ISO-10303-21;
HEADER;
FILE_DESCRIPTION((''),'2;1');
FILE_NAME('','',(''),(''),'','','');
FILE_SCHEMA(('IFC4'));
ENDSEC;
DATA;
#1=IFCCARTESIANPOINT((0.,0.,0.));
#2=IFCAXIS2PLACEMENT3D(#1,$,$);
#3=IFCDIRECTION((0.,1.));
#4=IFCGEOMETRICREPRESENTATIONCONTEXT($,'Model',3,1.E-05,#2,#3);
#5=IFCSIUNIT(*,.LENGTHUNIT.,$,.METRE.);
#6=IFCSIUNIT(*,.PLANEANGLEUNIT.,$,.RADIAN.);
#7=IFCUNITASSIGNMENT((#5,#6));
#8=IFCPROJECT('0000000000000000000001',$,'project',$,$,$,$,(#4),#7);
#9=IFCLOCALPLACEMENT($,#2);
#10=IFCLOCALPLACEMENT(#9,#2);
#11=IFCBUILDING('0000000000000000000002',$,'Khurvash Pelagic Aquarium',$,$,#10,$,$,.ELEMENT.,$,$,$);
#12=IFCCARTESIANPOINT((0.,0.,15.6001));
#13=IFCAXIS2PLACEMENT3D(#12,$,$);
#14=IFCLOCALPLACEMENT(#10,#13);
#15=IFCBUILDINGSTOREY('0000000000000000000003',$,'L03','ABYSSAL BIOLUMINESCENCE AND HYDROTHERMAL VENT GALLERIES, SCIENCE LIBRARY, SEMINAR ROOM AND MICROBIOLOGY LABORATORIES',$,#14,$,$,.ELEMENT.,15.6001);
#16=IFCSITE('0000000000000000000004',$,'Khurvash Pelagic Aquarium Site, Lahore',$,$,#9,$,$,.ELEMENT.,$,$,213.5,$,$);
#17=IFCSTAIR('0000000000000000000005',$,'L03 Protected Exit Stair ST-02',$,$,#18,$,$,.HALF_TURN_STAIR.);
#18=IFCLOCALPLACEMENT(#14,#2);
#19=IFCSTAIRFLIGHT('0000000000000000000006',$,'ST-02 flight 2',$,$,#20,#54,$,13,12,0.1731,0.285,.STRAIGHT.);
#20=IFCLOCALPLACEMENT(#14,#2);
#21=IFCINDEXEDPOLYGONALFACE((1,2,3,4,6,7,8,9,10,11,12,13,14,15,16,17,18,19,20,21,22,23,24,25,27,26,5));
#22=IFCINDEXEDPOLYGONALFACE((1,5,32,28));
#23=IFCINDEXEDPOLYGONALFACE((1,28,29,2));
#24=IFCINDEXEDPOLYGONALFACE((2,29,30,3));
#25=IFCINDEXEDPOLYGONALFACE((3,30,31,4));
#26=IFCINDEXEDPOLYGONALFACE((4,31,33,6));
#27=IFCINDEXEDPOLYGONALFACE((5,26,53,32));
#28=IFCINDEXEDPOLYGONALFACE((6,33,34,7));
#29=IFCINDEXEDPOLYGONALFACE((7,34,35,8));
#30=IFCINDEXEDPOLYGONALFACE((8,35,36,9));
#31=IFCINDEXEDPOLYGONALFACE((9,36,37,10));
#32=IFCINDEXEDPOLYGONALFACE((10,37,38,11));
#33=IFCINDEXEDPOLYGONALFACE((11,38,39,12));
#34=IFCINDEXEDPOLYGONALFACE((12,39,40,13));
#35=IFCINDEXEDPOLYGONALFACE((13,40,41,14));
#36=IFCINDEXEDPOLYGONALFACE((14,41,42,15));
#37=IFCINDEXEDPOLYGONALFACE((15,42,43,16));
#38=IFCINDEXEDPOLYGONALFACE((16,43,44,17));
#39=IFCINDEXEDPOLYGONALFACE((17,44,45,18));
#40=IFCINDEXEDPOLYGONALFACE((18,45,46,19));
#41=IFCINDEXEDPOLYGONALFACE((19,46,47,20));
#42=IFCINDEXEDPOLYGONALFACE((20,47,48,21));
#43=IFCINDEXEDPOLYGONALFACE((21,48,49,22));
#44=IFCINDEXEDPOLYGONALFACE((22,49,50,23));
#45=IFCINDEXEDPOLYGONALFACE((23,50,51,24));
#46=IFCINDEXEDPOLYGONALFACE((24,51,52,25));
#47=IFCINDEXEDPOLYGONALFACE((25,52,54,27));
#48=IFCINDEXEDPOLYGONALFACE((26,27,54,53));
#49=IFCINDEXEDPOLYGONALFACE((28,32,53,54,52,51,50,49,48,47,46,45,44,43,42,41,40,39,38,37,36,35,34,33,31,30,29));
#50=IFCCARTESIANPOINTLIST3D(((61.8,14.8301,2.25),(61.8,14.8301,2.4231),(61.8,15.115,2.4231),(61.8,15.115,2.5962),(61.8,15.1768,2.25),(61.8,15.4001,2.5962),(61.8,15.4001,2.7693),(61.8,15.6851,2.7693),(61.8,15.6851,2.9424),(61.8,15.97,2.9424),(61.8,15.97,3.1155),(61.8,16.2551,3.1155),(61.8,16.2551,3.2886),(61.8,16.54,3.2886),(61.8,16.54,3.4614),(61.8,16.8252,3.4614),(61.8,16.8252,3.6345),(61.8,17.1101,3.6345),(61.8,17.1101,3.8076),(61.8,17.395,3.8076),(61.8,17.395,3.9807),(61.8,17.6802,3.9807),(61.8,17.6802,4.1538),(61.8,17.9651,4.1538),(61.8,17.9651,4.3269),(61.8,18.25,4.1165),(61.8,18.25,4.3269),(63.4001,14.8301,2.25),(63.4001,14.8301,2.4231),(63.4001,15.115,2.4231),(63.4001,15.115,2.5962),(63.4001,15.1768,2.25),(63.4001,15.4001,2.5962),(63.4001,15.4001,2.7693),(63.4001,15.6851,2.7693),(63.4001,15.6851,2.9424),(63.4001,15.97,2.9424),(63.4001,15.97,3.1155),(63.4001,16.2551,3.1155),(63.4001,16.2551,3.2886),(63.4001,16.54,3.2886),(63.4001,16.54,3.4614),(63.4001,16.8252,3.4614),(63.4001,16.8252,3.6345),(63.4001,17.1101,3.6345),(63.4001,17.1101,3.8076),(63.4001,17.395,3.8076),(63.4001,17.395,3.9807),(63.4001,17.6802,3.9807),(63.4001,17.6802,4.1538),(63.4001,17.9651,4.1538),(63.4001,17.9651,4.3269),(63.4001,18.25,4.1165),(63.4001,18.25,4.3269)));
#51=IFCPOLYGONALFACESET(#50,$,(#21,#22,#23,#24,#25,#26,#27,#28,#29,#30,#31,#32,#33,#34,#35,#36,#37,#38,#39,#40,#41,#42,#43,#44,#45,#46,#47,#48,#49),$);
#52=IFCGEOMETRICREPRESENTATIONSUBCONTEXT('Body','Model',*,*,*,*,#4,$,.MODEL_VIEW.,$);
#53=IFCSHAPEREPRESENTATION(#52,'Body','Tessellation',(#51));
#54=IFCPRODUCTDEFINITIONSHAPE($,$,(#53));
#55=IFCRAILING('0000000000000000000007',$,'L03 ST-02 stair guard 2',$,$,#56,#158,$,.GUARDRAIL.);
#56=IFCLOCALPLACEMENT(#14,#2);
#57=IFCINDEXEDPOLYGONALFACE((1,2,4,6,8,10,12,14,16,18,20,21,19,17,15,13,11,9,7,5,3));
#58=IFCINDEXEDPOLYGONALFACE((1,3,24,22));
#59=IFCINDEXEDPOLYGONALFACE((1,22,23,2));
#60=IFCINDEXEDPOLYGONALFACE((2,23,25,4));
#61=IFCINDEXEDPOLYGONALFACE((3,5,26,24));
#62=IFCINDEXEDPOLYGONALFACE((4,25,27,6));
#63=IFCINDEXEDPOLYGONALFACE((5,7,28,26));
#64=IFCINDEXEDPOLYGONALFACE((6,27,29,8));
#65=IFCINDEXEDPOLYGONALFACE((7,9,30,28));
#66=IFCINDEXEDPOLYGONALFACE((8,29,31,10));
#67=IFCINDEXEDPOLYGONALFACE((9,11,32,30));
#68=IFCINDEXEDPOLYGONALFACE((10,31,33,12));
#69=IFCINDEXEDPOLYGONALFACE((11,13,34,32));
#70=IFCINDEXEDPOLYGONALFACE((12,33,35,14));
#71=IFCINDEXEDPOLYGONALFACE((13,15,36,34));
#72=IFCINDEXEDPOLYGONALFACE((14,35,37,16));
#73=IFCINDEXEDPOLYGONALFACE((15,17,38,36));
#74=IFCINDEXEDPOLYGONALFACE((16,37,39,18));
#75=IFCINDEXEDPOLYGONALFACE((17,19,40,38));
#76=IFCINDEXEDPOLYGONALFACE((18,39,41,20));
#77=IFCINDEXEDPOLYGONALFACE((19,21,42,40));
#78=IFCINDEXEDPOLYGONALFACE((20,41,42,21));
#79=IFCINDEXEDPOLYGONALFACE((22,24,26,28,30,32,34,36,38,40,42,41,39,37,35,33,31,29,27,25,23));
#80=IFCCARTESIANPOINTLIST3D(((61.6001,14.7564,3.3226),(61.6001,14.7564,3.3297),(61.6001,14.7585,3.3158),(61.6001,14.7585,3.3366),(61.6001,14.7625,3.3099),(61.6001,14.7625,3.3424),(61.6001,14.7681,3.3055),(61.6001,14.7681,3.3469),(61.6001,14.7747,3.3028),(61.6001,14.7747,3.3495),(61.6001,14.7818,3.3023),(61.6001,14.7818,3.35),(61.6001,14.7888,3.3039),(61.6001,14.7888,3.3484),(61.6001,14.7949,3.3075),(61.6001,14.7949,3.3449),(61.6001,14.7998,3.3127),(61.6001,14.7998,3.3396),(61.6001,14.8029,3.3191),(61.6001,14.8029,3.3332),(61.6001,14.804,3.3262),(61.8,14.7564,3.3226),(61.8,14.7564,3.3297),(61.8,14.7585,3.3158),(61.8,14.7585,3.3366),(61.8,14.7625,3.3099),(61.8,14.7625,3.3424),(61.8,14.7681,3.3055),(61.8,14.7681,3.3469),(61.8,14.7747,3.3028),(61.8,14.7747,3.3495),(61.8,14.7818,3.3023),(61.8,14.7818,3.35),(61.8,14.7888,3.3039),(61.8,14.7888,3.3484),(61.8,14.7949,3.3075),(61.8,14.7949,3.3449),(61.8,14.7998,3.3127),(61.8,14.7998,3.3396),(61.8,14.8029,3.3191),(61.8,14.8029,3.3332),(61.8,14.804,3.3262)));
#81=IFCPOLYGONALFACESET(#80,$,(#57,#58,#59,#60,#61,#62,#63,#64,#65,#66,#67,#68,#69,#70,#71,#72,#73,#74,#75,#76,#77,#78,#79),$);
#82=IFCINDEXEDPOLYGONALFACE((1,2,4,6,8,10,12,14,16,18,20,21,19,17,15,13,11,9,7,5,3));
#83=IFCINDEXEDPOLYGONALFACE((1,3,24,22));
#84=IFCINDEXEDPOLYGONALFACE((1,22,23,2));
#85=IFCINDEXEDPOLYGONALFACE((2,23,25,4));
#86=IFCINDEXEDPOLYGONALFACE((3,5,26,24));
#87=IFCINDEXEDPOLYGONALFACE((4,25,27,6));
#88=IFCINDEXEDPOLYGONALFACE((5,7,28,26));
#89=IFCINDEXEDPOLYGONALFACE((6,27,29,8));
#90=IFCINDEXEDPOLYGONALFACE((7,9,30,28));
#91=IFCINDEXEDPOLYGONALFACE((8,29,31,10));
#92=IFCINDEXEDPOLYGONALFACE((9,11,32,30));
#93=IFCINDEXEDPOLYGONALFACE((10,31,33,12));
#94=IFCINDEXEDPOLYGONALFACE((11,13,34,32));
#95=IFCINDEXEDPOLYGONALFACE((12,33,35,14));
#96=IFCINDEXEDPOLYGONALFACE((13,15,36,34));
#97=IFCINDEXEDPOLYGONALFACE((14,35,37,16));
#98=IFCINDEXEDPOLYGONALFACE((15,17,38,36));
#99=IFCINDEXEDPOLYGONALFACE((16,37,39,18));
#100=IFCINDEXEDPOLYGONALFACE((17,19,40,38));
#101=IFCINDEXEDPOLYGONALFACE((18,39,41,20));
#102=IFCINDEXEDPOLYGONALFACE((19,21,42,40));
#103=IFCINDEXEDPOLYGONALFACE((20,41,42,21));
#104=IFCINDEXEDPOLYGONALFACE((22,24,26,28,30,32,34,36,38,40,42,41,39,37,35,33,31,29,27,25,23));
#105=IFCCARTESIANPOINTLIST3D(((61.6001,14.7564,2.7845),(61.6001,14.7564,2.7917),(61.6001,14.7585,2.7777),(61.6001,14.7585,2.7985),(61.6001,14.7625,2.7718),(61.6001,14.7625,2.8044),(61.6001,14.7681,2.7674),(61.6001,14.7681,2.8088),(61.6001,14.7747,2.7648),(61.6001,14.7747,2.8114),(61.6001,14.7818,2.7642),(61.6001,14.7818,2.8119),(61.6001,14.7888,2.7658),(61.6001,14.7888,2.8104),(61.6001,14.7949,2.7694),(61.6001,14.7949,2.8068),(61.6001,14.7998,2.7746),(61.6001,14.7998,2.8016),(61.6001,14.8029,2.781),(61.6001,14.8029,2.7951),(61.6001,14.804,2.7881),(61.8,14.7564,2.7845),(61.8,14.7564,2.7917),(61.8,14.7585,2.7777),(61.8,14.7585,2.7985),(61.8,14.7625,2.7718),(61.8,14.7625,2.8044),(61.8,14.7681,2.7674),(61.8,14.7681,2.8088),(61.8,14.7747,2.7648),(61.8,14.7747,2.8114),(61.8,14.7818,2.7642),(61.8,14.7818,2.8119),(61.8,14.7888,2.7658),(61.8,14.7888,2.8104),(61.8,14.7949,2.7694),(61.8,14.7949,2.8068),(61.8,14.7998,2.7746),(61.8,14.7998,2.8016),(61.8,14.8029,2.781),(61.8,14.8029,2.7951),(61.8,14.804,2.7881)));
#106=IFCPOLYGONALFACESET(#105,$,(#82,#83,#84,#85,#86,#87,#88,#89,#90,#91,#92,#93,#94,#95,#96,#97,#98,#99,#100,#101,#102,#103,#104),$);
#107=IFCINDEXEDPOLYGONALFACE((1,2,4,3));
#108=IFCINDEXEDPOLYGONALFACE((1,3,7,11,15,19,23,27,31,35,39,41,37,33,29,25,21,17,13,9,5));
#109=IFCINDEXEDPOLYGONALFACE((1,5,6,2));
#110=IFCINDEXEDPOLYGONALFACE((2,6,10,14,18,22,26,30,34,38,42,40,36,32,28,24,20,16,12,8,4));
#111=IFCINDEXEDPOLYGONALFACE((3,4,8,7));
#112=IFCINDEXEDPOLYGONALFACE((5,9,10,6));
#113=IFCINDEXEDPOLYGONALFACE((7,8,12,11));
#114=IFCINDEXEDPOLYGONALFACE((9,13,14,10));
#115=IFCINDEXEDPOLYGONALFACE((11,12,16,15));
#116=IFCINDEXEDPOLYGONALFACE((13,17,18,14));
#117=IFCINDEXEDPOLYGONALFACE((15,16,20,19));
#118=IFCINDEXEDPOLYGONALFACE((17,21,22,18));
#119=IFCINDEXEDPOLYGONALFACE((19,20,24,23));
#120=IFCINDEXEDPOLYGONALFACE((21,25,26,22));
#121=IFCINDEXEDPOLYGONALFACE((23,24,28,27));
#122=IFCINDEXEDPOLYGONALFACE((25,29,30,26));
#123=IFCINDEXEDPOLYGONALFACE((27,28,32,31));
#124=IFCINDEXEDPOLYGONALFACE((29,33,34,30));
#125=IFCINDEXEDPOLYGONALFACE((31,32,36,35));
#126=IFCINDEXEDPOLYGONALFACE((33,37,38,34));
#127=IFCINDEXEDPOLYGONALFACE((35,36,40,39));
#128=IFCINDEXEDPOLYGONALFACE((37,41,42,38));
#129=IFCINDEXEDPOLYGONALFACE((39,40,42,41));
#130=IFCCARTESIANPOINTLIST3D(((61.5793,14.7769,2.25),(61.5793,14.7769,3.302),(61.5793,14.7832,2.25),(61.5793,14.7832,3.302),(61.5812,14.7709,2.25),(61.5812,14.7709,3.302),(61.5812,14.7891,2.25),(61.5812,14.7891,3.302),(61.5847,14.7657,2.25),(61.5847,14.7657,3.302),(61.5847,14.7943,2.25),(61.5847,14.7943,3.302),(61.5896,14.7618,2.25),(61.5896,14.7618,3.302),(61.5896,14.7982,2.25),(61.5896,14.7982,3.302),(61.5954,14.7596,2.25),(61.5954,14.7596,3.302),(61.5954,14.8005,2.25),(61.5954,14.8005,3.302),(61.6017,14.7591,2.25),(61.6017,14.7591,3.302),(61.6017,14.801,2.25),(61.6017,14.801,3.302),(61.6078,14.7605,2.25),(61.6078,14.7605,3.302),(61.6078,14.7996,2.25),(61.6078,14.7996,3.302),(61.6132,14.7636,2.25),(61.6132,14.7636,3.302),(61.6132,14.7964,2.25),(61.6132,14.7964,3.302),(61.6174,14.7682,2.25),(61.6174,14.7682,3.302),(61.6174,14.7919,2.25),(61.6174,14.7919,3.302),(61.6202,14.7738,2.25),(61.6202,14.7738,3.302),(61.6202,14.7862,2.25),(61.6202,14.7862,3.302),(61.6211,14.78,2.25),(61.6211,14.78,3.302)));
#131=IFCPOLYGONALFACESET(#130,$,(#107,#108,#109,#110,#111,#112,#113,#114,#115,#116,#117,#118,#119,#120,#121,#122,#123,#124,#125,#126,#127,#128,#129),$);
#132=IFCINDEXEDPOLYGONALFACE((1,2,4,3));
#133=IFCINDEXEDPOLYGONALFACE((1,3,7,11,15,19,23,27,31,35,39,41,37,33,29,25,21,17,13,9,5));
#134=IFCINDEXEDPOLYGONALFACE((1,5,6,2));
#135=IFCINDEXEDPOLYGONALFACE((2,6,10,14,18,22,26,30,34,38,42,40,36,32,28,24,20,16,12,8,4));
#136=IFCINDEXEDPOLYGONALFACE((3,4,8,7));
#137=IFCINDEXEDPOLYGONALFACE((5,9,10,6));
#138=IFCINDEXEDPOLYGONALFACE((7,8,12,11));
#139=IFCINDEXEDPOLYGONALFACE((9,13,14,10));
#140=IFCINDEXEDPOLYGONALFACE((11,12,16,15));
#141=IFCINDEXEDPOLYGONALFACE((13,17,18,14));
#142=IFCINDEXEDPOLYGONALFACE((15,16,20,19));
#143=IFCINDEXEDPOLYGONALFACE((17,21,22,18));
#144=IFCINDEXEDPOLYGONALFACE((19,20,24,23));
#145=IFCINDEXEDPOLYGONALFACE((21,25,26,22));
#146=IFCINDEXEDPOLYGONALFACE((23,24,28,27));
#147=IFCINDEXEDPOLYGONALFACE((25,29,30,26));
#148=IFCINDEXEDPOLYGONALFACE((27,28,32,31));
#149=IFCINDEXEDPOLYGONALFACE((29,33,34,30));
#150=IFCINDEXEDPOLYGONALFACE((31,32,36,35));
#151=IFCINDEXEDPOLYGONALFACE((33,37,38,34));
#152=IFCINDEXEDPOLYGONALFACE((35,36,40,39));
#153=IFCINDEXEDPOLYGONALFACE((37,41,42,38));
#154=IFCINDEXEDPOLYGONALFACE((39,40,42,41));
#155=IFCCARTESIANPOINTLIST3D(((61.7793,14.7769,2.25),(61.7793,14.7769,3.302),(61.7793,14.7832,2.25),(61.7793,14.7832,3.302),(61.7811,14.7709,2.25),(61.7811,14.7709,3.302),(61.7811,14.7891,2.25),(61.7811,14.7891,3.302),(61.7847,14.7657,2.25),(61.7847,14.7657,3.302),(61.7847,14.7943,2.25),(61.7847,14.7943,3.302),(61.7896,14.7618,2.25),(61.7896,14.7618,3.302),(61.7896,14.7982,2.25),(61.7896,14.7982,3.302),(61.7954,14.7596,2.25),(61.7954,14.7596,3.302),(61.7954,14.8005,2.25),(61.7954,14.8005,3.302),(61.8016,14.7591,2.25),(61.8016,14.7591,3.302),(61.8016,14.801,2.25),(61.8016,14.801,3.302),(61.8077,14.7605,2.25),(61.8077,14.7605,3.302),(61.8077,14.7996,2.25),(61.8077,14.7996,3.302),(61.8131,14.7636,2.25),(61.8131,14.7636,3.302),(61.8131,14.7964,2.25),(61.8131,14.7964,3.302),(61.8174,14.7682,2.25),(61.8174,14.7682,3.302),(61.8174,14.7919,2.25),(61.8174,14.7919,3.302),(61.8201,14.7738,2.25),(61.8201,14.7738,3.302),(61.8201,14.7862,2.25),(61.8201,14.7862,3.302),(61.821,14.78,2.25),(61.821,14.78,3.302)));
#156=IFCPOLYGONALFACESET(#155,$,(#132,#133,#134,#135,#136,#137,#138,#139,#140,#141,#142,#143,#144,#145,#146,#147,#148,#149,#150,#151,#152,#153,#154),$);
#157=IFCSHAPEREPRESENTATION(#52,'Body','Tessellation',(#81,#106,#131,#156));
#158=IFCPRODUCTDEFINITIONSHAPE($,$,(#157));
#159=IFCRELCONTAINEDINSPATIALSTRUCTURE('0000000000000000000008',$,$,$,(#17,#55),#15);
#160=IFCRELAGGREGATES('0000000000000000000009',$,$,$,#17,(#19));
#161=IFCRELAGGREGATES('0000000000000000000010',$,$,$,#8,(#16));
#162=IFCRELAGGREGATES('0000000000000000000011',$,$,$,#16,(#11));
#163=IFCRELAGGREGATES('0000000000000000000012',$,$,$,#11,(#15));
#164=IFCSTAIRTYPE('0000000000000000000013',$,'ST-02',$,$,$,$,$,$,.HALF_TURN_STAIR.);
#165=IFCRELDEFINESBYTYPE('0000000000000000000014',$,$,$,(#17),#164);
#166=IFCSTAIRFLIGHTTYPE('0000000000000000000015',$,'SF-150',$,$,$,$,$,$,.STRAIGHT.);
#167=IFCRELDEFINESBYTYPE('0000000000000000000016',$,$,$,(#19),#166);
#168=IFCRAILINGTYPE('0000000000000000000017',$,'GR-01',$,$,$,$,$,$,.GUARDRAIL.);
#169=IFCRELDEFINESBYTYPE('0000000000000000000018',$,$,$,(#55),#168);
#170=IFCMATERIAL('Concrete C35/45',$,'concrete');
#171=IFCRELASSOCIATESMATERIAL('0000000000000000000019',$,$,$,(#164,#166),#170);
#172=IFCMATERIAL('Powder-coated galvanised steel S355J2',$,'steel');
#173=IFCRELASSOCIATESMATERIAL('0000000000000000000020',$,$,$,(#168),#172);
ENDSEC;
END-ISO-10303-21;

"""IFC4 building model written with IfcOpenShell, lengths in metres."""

from ifc_helpers import new_model, si_unit, direction, frame, origin, origin_2d, place, context, subcontext, project, spatial, polyline, circle, outline, extrude, material, type_object, element, aggregate, save


model = new_model("IFC4")

# Units and contexts
model_context = context("Model", 3, precision=1e-05, world=origin(), true_north=direction((0.0, 1.0)))
body_context = subcontext(model_context, "Body", "Model", "MODEL_VIEW")
ifc_project = project(units=[si_unit("LENGTHUNIT", "METRE"), si_unit("PLANEANGLEUNIT", "RADIAN")], contexts=[model_context])

# Site, building, storey
site_placement = place(None, origin())
site = spatial("IfcSite", under=ifc_project, at=site_placement, Name="Khurvash Pelagic Aquarium Site, Lahore", CompositionType="ELEMENT", RefElevation=213.5)
building_placement = place(site_placement, origin())
building = spatial("IfcBuilding", under=site, at=building_placement, Name="Khurvash Pelagic Aquarium", CompositionType="ELEMENT")
storey_placement = place(building_placement, frame((0.0, 0.0, 15.6001)))
storey = spatial("IfcBuildingStorey", under=building, at=storey_placement, Name="L03", Description="ABYSSAL BIOLUMINESCENCE AND HYDROTHERMAL VENT GALLERIES, SCIENCE LIBRARY, SEMINAR ROOM AND MICROBIOLOGY LABORATORIES", CompositionType="ELEMENT", Elevation=15.6001)

# Shared definitions
ifc_material_1 = material(Name="Concrete C35/45", Category="concrete")

# Stair, stair flight
stair_type = type_object("IfcStairType", Name="ST-02", PredefinedType="HALF_TURN_STAIR", material=ifc_material_1)
stair_placement = place(storey_placement, origin())
stair = element("IfcStair", 1, at=stair_placement, inside=storey, type_object=stair_type, Name="L03 Protected Exit Stair ST-02", PredefinedType="HALF_TURN_STAIR")
stair_flight_type = type_object("IfcStairFlightType", Name="SF-150", PredefinedType="STRAIGHT", material=ifc_material_1)
stair_flight_1_placement = place(storey_placement, frame((62.6001, 14.8301, 2.25), z_axis=(0.0, 0.0, 1.0), x_axis=(0.0, 1.0, 0.0)))
stair_flight_1 = element("IfcStairFlight", 2, at=stair_flight_1_placement, type_object=stair_flight_type, Name="ST-02 flight 2", NumberOfRisers=13, NumberOfTreads=12, PredefinedType="STRAIGHT", RiserHeight=0.1731, TreadLength=0.285, context=body_context, shape_type="SweptSolid", body=[
    extrude(outline(polyline([(0.0, 0.0), (0.0, 0.1731), (0.2849, 0.1731), (0.2849, 0.3462), (0.5701, 0.3462), (0.5701, 0.5193), (0.855, 0.5193), (0.855, 0.6924), (1.1399, 0.6924), (1.1399, 0.8655), (1.425, 0.8655), (1.425, 1.0386), (1.71, 1.0386), (1.71, 1.2114), (1.9951, 1.2114), (1.9951, 1.3845), (2.28, 1.3845), (2.28, 1.5576), (2.5649, 1.5576), (2.5649, 1.7307), (2.8501, 1.7307), (2.8501, 1.9038), (3.135, 1.9038), (3.135, 2.0769), (3.4199, 2.0769), (3.4199, 2.25), (3.4199, 1.8665), (0.3467, 0.0), (0.0, 0.0)])), frame((0.0, 0.8, 0.0), z_axis=(0.0, -1.0, 0.0), x_axis=(1.0, 0.0, 0.0)), (0.0, 0.0, 1.0), 1.6001),
])
aggregate(stair, [stair_flight_1])

# Railing
ifc_material_2 = material(Name="Powder-coated galvanised steel S355J2", Category="steel")
railing_type_1 = type_object("IfcRailingType", Name="GR-01", PredefinedType="GUARDRAIL", material=ifc_material_2)
railing_1_placement = place(storey_placement, frame((61.6001, 14.78, 2.25)))
element("IfcRailing", 3, at=railing_1_placement, inside=storey, type_object=railing_type_1, Name="L03 ST-02 stair guard 2", PredefinedType="GUARDRAIL", context=body_context, shape_type="SweptSolid", body=[
    extrude(circle(Radius=0.0239, at=origin_2d()), frame((0.0, 0.0, 1.0762), z_axis=(1.0, 0.0, 0.0), x_axis=(0.0, 1.0, 0.0)), (0.0, 0.0, 1.0), 0.2),
    extrude(circle(Radius=0.0239, at=origin_2d()), frame((0.0, 0.0, 0.5381), z_axis=(1.0, 0.0, 0.0), x_axis=(0.0, 1.0, 0.0)), (0.0, 0.0, 1.0), 0.2),
    extrude(circle(Radius=0.021, at=origin_2d()), origin(), (0.0, 0.0, 1.0), 1.052),
    extrude(circle(Radius=0.021, at=origin_2d()), frame((0.2, 0.0, 0.0)), (0.0, 0.0, 1.0), 1.052),
])

save(model, "model.ifc")
